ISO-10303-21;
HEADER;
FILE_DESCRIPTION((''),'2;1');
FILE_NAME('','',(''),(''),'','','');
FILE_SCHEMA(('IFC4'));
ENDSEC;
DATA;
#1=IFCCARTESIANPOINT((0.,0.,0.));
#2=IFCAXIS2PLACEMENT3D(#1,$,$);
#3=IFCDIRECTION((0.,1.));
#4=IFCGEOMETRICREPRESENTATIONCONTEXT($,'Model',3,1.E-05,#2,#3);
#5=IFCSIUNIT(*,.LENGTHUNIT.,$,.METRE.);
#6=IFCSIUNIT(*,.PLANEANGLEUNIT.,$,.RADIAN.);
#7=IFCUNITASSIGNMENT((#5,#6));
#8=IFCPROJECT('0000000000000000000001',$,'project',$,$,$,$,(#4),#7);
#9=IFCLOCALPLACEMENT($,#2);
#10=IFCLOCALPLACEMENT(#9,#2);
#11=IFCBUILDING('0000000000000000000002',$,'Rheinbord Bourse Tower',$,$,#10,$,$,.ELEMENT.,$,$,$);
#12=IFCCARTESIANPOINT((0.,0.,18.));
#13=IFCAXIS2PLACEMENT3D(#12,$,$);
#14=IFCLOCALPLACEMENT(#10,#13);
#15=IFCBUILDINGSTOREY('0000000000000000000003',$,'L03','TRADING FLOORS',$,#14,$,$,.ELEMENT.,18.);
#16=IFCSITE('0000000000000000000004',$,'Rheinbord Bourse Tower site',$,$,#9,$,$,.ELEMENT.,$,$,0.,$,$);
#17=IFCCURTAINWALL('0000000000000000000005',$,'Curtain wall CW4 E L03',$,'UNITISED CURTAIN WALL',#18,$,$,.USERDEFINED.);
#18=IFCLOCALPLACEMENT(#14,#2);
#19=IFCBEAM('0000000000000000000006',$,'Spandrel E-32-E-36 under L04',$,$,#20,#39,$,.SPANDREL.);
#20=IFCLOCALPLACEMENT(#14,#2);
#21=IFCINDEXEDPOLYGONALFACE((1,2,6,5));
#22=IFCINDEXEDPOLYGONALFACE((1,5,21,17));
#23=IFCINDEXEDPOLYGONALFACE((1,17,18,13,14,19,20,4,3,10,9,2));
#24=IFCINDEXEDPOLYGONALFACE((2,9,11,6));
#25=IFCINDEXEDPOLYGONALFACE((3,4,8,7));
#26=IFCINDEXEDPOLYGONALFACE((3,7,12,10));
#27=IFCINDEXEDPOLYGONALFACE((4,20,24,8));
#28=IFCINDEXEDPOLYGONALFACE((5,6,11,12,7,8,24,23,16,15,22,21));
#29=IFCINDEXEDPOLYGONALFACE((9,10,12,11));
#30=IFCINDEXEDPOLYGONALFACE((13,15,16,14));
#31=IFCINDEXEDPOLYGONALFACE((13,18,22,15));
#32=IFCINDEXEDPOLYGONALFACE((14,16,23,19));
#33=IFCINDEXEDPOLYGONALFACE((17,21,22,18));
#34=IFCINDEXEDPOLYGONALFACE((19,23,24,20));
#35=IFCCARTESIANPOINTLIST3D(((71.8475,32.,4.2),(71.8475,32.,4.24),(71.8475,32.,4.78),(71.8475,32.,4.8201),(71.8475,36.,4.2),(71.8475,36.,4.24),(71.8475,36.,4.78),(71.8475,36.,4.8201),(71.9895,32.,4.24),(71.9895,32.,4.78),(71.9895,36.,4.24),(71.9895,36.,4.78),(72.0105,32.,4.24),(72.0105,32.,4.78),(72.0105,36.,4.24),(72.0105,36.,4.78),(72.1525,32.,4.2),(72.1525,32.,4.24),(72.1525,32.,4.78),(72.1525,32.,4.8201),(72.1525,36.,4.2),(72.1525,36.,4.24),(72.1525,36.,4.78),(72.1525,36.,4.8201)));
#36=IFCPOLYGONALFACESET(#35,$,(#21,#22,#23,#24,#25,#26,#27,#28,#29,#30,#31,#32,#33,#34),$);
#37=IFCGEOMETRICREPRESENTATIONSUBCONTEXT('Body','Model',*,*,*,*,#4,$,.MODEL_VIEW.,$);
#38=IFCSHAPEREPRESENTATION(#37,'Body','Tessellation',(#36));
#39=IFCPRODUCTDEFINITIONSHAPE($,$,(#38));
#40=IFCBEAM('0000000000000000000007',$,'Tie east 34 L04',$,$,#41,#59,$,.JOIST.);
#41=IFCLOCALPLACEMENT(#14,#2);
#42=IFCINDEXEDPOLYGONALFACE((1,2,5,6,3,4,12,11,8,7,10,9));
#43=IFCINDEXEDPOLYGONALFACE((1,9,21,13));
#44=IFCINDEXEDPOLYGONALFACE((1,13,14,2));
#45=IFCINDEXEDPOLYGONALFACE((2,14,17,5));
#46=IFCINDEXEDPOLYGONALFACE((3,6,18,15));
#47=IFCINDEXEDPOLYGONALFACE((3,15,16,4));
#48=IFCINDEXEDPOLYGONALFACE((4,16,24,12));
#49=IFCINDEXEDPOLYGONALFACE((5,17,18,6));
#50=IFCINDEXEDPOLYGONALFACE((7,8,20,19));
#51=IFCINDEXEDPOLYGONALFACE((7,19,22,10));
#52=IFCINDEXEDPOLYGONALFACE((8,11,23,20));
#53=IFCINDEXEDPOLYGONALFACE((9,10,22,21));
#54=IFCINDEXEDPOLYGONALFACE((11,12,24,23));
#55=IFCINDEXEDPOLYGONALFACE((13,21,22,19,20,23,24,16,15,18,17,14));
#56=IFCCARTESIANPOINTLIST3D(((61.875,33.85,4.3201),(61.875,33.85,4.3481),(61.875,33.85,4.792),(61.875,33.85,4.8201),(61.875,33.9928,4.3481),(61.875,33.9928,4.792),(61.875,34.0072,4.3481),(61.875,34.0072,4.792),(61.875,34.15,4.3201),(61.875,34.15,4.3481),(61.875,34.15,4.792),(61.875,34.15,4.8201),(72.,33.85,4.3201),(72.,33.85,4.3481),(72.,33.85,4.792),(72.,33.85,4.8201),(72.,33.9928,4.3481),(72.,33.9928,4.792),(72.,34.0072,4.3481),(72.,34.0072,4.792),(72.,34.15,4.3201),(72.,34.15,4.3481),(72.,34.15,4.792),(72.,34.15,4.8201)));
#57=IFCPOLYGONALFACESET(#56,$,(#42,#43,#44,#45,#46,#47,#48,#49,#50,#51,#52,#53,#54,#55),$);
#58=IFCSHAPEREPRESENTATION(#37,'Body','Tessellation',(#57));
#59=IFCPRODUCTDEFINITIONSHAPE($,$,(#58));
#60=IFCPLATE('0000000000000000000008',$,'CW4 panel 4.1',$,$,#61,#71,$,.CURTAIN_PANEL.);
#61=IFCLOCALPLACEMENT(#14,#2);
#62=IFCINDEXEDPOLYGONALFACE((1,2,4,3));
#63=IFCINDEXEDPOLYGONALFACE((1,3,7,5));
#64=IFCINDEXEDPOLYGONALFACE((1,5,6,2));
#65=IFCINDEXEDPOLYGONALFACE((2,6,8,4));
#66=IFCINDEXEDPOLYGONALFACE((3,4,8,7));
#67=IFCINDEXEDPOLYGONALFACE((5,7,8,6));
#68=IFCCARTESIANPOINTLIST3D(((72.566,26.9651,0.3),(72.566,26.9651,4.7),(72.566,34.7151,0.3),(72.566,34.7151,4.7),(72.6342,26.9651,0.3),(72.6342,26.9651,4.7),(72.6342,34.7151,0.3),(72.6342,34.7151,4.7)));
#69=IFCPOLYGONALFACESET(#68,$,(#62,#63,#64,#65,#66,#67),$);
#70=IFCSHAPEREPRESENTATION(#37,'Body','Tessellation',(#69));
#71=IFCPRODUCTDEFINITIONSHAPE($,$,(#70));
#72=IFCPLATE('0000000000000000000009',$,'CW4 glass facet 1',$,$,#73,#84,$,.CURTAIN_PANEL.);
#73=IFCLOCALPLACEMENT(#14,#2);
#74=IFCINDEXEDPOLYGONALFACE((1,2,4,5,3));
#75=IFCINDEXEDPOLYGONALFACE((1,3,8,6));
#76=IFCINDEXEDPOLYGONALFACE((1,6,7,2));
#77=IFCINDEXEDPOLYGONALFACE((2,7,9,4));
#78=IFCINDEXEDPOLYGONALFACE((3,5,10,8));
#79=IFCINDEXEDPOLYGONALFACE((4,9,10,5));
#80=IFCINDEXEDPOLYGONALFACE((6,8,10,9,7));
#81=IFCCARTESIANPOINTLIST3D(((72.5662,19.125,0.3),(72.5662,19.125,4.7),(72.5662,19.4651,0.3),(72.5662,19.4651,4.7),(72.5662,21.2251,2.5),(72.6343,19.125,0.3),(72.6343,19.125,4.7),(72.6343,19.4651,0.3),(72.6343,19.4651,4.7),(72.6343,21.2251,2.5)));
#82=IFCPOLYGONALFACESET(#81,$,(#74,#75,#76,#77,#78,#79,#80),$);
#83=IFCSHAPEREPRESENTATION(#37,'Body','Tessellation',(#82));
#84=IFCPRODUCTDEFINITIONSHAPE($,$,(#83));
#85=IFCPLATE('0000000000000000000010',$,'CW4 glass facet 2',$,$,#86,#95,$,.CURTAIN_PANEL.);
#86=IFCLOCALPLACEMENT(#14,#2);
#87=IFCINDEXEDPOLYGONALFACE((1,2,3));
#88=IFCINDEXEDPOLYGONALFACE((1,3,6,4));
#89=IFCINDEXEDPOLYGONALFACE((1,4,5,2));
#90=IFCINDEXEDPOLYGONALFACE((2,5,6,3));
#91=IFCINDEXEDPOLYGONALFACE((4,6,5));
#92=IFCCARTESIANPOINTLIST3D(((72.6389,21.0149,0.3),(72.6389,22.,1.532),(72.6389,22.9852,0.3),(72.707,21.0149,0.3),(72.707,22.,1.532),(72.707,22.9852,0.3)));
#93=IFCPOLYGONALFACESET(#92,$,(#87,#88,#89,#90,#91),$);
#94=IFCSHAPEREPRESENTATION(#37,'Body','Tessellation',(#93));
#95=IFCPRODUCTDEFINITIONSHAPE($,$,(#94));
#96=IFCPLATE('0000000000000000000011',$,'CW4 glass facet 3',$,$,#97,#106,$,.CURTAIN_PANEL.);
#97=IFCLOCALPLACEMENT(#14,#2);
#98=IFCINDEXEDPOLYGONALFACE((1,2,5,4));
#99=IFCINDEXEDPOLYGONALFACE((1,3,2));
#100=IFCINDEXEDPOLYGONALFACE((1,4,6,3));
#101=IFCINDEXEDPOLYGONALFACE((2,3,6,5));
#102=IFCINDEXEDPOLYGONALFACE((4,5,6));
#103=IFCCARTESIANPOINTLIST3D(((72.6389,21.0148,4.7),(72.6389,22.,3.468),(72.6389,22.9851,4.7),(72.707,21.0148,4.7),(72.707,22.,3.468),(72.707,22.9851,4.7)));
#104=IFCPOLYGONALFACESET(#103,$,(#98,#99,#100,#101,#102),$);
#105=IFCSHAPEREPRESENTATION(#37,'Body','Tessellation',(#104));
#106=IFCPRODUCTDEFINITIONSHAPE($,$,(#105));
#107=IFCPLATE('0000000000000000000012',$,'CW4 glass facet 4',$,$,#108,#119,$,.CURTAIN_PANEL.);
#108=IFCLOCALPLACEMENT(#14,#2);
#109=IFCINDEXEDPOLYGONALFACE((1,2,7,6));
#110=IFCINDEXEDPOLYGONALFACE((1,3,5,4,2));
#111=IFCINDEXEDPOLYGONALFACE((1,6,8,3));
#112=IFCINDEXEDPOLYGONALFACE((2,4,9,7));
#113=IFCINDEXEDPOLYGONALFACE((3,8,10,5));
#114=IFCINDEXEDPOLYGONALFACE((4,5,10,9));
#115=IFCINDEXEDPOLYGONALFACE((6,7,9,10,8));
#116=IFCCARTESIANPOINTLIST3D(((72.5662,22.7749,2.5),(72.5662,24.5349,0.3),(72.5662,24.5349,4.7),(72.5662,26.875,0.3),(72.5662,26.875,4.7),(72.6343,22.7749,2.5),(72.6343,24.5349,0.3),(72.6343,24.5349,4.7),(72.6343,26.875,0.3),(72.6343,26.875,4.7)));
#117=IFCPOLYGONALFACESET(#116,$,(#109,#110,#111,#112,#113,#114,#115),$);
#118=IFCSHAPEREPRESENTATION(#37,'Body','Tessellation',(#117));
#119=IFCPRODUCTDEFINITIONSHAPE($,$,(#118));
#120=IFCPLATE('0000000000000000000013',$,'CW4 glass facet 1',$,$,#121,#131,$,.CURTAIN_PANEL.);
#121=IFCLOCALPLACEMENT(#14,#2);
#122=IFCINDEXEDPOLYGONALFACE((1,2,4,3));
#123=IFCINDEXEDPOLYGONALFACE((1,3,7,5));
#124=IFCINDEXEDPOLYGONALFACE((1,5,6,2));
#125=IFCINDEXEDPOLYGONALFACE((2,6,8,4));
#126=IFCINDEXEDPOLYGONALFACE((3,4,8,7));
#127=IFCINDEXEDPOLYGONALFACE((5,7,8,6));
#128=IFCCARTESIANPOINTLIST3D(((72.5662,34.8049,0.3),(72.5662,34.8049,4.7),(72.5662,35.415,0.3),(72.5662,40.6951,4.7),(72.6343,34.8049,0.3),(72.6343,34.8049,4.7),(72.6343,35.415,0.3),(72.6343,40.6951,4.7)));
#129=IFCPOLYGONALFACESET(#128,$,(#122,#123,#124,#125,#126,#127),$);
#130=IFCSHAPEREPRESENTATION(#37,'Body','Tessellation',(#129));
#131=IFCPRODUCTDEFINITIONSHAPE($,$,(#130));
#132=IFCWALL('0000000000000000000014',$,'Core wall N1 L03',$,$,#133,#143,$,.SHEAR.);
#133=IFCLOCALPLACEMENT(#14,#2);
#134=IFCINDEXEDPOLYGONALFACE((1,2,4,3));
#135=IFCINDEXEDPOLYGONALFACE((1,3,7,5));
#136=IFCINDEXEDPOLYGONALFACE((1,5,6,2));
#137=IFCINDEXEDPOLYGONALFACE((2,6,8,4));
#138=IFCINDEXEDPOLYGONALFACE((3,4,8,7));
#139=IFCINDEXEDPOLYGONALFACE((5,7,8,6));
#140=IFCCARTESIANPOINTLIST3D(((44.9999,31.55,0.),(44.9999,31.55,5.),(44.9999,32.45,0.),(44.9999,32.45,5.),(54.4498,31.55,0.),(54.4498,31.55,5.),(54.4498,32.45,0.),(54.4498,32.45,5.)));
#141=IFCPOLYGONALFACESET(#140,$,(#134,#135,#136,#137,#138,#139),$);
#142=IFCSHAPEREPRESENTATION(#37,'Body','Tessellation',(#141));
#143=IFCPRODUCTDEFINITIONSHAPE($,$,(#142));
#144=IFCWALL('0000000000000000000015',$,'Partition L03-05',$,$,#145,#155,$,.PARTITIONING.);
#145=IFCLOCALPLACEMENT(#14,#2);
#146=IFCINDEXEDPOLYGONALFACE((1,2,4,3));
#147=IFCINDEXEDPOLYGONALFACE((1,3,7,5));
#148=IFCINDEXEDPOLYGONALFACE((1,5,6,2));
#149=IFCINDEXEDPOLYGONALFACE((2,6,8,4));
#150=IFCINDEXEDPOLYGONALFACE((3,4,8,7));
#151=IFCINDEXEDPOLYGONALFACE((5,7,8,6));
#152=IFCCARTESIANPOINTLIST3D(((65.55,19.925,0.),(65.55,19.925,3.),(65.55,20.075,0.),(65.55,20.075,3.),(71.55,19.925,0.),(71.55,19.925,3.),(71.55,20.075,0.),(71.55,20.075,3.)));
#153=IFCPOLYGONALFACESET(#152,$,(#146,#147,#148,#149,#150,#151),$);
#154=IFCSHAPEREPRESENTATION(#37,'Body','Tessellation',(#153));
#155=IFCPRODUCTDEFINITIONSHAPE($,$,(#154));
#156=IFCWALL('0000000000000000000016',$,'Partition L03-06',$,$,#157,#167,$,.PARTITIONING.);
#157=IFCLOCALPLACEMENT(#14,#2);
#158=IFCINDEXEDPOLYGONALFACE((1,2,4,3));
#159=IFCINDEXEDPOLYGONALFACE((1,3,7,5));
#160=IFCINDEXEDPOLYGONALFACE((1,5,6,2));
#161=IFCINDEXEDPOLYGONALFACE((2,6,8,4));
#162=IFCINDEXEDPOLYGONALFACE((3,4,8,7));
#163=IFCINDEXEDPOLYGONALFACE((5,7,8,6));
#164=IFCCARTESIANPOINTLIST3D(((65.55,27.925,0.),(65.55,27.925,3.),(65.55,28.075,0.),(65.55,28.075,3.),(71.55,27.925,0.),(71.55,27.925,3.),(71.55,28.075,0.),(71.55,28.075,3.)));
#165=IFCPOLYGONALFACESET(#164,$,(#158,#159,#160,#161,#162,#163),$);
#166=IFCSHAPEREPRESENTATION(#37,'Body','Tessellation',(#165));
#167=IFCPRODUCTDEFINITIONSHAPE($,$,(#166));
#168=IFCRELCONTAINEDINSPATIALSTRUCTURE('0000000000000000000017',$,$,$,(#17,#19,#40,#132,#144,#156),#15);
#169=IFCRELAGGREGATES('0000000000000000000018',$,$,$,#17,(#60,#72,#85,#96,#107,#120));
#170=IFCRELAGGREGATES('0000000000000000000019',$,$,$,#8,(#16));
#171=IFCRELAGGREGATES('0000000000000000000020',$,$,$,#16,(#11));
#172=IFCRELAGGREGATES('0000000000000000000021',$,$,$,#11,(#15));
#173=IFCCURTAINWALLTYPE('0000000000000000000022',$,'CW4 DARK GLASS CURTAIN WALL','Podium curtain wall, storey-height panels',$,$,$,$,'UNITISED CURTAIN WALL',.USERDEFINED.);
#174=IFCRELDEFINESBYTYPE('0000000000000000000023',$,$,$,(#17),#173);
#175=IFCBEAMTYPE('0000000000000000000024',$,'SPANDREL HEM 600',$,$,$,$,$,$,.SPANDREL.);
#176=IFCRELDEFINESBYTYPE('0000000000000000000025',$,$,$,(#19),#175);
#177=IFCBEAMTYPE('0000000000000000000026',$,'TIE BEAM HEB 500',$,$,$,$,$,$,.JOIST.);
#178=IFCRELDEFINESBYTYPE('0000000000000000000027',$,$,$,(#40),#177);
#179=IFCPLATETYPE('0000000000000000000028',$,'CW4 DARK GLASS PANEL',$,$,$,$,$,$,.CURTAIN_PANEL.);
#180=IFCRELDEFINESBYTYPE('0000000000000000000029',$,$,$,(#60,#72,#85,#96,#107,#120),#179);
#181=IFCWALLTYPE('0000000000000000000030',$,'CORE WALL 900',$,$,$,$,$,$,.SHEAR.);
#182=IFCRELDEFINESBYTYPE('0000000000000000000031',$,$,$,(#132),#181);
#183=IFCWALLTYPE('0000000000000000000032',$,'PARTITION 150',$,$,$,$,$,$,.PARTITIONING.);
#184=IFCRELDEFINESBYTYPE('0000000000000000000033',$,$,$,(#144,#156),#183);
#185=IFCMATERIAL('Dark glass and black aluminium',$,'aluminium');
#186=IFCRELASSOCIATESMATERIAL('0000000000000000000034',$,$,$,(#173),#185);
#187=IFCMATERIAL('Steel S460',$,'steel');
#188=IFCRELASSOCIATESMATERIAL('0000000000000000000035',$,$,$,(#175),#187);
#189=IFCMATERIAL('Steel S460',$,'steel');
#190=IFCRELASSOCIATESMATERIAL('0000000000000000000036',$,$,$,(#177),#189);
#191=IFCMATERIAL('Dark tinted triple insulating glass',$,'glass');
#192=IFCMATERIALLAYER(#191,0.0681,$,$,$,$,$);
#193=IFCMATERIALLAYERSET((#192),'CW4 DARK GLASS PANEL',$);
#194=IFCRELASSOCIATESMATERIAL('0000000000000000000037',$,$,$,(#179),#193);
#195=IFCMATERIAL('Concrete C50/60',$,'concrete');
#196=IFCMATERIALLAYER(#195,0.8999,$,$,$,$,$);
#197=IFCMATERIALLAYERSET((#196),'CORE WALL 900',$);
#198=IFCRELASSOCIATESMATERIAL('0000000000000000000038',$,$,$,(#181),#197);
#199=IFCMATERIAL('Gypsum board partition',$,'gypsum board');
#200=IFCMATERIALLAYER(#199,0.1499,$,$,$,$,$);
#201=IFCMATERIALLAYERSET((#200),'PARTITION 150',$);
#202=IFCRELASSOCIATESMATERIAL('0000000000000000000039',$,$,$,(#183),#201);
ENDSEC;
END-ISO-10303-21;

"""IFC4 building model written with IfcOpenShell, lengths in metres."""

from ifc_helpers import new_model, si_unit, direction, frame, frame_2d, origin, origin_2d, place, context, subcontext, project, spatial, polyline, rectangle, i_section, outline, extrude, material, layer, layer_set, material_profile, profile_set, type_object, element, aggregate, save


model = new_model("IFC4")

# Units and contexts
model_context = context("Model", 3, precision=1e-05, world=origin(), true_north=direction((0.0, 1.0)))
body_context = subcontext(model_context, "Body", "Model", "MODEL_VIEW")
ifc_project = project(units=[si_unit("LENGTHUNIT", "METRE"), si_unit("PLANEANGLEUNIT", "RADIAN")], contexts=[model_context])

# Site, building, storey
site_placement = place(None, origin())
site = spatial("IfcSite", under=ifc_project, at=site_placement, Name="Rheinbord Bourse Tower site", CompositionType="ELEMENT", RefElevation=0.0)
building_placement = place(site_placement, origin())
building = spatial("IfcBuilding", under=site, at=building_placement, Name="Rheinbord Bourse Tower", CompositionType="ELEMENT")
storey_placement = place(building_placement, frame((0.0, 0.0, 18.0)))
storey = spatial("IfcBuildingStorey", under=building, at=storey_placement, Name="L03", Description="TRADING FLOORS", CompositionType="ELEMENT", Elevation=18.0)

# Curtain wall
ifc_material_1 = material(Name="Dark glass and black aluminium", Category="aluminium")
curtain_wall_type = type_object("IfcCurtainWallType", Name="CW4 DARK GLASS CURTAIN WALL", Description="Podium curtain wall, storey-height panels", ElementType="UNITISED CURTAIN WALL", PredefinedType="USERDEFINED", material=ifc_material_1)
curtain_wall_placement = place(storey_placement, origin())
curtain_wall = element("IfcCurtainWall", 1, at=curtain_wall_placement, inside=storey, type_object=curtain_wall_type, Name="Curtain wall CW4 E L03", ObjectType="UNITISED CURTAIN WALL", PredefinedType="USERDEFINED")

# Beams
ifc_material_2 = material(Name="Steel S460", Category="steel")
ifc_material_profile_1 = material_profile(ifc_material_2, i_section(OverallWidth=0.3049, OverallDepth=0.6201, WebThickness=0.021, FlangeThickness=0.04, at=origin_2d()), Name="HEM 600")
ifc_profile_set_1 = profile_set([ifc_material_profile_1], Name="Steel S460")
beam_type_1 = type_object("IfcBeamType", Name="SPANDREL HEM 600", PredefinedType="SPANDREL", material=ifc_profile_set_1)
for number, where, z_axis, x_axis, name in (
    (2, (72.0, 32.0, 4.51), (0.0, 1.0, 0.0), (-1.0, 0.0, 0.0), "Spandrel E-32-E-36 under L04"),
):
    element("IfcBeam", number, at=place(storey_placement, frame(where, z_axis=z_axis, x_axis=x_axis)), inside=storey, type_object=beam_type_1, Name=name, PredefinedType="SPANDREL", context=body_context, shape_type="SweptSolid", body=[
        extrude(i_section(OverallWidth=0.3049, OverallDepth=0.6201, WebThickness=0.021, FlangeThickness=0.04, at=origin_2d()), origin(), (0.0, 0.0, 1.0), 4.0),
    ])
ifc_material_3 = material(Name="Steel S460", Category="steel")
ifc_material_profile_2 = material_profile(ifc_material_3, i_section(OverallWidth=0.3, OverallDepth=0.5, WebThickness=0.0144, FlangeThickness=0.0281, at=origin_2d()), Name="HEB 500")
ifc_profile_set_2 = profile_set([ifc_material_profile_2], Name="Steel S460")
beam_type_2 = type_object("IfcBeamType", Name="TIE BEAM HEB 500", PredefinedType="JOIST", material=ifc_profile_set_2)
beam_1_placement = place(storey_placement, frame((61.875, 34.0, 4.5701), z_axis=(1.0, 0.0, 0.0), x_axis=(0.0, 1.0, 0.0)))
element("IfcBeam", 3, at=beam_1_placement, inside=storey, type_object=beam_type_2, Name="Tie east 34 L04", PredefinedType="JOIST", context=body_context, shape_type="SweptSolid", body=[
    extrude(i_section(OverallWidth=0.3, OverallDepth=0.5, WebThickness=0.0144, FlangeThickness=0.0281, at=origin_2d()), origin(), (0.0, 0.0, 1.0), 10.125),
])

# Plates
ifc_material_4 = material(Name="Dark tinted triple insulating glass", Category="glass")
ifc_layer_1 = layer(ifc_material_4, 0.0681)
ifc_layer_set_1 = layer_set([ifc_layer_1], Name="CW4 DARK GLASS PANEL")
plate_type = type_object("IfcPlateType", Name="CW4 DARK GLASS PANEL", PredefinedType="CURTAIN_PANEL", material=ifc_layer_set_1)
plate_1_placement = place(storey_placement, frame((72.6001, 30.8401, 0.3), z_axis=(0.0, 0.0, 1.0), x_axis=(0.0, 1.0, 0.0)))
plate_1 = element("IfcPlate", 4, at=plate_1_placement, type_object=plate_type, Name="CW4 panel 4.1", PredefinedType="CURTAIN_PANEL", context=body_context, shape_type="SweptSolid", body=[
    extrude(rectangle(XDim=7.75, YDim=0.0681, at=origin_2d()), origin(), (0.0, 0.0, 1.0), 4.3999),
])
plate_2_placement = place(storey_placement, frame((72.6343, 19.125, 0.3), z_axis=(-1.0, 0.0, 0.0), x_axis=(0.0, 0.0, 1.0)))
plate_2 = element("IfcPlate", 5, at=plate_2_placement, type_object=plate_type, Name="CW4 glass facet 1", PredefinedType="CURTAIN_PANEL", context=body_context, shape_type="SweptSolid", body=[
    extrude(outline(polyline([(0.0, 0.0), (4.3999, 0.0), (4.3999, 0.3401), (2.2, 2.1001), (0.0, 0.3401), (0.0, 0.0)])), origin(), (0.0, 0.0, 1.0), 0.0681),
])
plate_3_placement = place(storey_placement, frame((72.707, 21.0149, 0.3), z_axis=(-1.0, 0.0, 0.0), x_axis=(0.0, 0.624525, 0.781005)))
plate_3 = element("IfcPlate", 6, at=plate_3_placement, type_object=plate_type, Name="CW4 glass facet 2", PredefinedType="CURTAIN_PANEL", context=body_context, shape_type="SweptSolid", body=[
    extrude(outline(polyline([(0.0, 0.0), (1.5774, 0.0), (1.2305, 1.5388), (0.0, 0.0)])), origin(), (0.0, 0.0, 1.0), 0.0681),
])
plate_4_placement = place(storey_placement, frame((72.707, 22.9851, 4.7), z_axis=(-1.0, 0.0, 0.0), x_axis=(0.0, -0.624525, -0.781005)))
plate_4 = element("IfcPlate", 7, at=plate_4_placement, type_object=plate_type, Name="CW4 glass facet 3", PredefinedType="CURTAIN_PANEL", context=body_context, shape_type="SweptSolid", body=[
    extrude(outline(polyline([(0.0, 0.0), (1.5774, 0.0), (1.2305, 1.5388), (0.0, 0.0)])), origin(), (0.0, 0.0, 1.0), 0.0681),
])
plate_5_placement = place(storey_placement, frame((72.6343, 26.875, 4.7), z_axis=(-1.0, 0.0, 0.0), x_axis=(0.0, 0.0, -1.0)))
plate_5 = element("IfcPlate", 8, at=plate_5_placement, type_object=plate_type, Name="CW4 glass facet 4", PredefinedType="CURTAIN_PANEL", context=body_context, shape_type="SweptSolid", body=[
    extrude(outline(polyline([(0.0, 0.0), (4.3999, 0.0), (4.3999, 2.3401), (2.2, 4.1001), (0.0, 2.3401), (0.0, 0.0)])), origin(), (0.0, 0.0, 1.0), 0.0681),
])
plate_6_placement = place(storey_placement, frame((72.6343, 34.8049, 0.3), z_axis=(-1.0, 0.0, 0.0), x_axis=(0.0, 0.0, 1.0)))
plate_6 = element("IfcPlate", 9, at=plate_6_placement, type_object=plate_type, Name="CW4 glass facet 1", PredefinedType="CURTAIN_PANEL", context=body_context, shape_type="SweptSolid", body=[
    extrude(outline(polyline([(0.0, 0.0), (4.3999, 0.0), (4.3999, 5.8901), (0.0, 0.6101), (0.0, 0.0)])), origin(), (0.0, 0.0, 1.0), 0.0681),
])
aggregate(curtain_wall, [plate_1, plate_2, plate_3, plate_4, plate_5, plate_6])

# Walls
ifc_material_5 = material(Name="Concrete C50/60", Category="concrete")
ifc_layer_2 = layer(ifc_material_5, 0.8999)
ifc_layer_set_2 = layer_set([ifc_layer_2], Name="CORE WALL 900")
wall_type_1 = type_object("IfcWallType", Name="CORE WALL 900", PredefinedType="SHEAR", material=ifc_layer_set_2)
wall_1_placement = place(storey_placement, frame((54.45, 32.0, 0.0), z_axis=(0.0, 0.0, 1.0), x_axis=(-1.0, 0.0, 0.0)))
element("IfcWall", 10, at=wall_1_placement, inside=storey, type_object=wall_type_1, Name="Core wall N1 L03", PredefinedType="SHEAR", context=body_context, shape_type="SweptSolid", body=[
    extrude(rectangle(XDim=9.45, YDim=0.8999, at=frame_2d((4.7251, 0.0))), origin(), (0.0, 0.0, 1.0), 5.0),
])
ifc_material_6 = material(Name="Gypsum board partition", Category="gypsum board")
ifc_layer_3 = layer(ifc_material_6, 0.1499)
ifc_layer_set_3 = layer_set([ifc_layer_3], Name="PARTITION 150")
wall_type_2 = type_object("IfcWallType", Name="PARTITION 150", PredefinedType="PARTITIONING", material=ifc_layer_set_3)
for number, where, z_axis, x_axis, name in (
    (11, (65.55, 20.0, 0.0), (0.0, 0.0, 1.0), (1.0, 0.0, 0.0), "Partition L03-05"),
    (12, (65.55, 28.0, 0.0), (0.0, 0.0, 1.0), (1.0, 0.0, 0.0), "Partition L03-06"),
):
    element("IfcWall", number, at=place(storey_placement, frame(where, z_axis=z_axis, x_axis=x_axis)), inside=storey, type_object=wall_type_2, Name=name, PredefinedType="PARTITIONING", context=body_context, shape_type="SweptSolid", body=[
        extrude(rectangle(XDim=6.0, YDim=0.1499, at=frame_2d((3.0, 0.0))), origin(), (0.0, 0.0, 1.0), 3.0),
    ])

save(model, "model.ifc")
